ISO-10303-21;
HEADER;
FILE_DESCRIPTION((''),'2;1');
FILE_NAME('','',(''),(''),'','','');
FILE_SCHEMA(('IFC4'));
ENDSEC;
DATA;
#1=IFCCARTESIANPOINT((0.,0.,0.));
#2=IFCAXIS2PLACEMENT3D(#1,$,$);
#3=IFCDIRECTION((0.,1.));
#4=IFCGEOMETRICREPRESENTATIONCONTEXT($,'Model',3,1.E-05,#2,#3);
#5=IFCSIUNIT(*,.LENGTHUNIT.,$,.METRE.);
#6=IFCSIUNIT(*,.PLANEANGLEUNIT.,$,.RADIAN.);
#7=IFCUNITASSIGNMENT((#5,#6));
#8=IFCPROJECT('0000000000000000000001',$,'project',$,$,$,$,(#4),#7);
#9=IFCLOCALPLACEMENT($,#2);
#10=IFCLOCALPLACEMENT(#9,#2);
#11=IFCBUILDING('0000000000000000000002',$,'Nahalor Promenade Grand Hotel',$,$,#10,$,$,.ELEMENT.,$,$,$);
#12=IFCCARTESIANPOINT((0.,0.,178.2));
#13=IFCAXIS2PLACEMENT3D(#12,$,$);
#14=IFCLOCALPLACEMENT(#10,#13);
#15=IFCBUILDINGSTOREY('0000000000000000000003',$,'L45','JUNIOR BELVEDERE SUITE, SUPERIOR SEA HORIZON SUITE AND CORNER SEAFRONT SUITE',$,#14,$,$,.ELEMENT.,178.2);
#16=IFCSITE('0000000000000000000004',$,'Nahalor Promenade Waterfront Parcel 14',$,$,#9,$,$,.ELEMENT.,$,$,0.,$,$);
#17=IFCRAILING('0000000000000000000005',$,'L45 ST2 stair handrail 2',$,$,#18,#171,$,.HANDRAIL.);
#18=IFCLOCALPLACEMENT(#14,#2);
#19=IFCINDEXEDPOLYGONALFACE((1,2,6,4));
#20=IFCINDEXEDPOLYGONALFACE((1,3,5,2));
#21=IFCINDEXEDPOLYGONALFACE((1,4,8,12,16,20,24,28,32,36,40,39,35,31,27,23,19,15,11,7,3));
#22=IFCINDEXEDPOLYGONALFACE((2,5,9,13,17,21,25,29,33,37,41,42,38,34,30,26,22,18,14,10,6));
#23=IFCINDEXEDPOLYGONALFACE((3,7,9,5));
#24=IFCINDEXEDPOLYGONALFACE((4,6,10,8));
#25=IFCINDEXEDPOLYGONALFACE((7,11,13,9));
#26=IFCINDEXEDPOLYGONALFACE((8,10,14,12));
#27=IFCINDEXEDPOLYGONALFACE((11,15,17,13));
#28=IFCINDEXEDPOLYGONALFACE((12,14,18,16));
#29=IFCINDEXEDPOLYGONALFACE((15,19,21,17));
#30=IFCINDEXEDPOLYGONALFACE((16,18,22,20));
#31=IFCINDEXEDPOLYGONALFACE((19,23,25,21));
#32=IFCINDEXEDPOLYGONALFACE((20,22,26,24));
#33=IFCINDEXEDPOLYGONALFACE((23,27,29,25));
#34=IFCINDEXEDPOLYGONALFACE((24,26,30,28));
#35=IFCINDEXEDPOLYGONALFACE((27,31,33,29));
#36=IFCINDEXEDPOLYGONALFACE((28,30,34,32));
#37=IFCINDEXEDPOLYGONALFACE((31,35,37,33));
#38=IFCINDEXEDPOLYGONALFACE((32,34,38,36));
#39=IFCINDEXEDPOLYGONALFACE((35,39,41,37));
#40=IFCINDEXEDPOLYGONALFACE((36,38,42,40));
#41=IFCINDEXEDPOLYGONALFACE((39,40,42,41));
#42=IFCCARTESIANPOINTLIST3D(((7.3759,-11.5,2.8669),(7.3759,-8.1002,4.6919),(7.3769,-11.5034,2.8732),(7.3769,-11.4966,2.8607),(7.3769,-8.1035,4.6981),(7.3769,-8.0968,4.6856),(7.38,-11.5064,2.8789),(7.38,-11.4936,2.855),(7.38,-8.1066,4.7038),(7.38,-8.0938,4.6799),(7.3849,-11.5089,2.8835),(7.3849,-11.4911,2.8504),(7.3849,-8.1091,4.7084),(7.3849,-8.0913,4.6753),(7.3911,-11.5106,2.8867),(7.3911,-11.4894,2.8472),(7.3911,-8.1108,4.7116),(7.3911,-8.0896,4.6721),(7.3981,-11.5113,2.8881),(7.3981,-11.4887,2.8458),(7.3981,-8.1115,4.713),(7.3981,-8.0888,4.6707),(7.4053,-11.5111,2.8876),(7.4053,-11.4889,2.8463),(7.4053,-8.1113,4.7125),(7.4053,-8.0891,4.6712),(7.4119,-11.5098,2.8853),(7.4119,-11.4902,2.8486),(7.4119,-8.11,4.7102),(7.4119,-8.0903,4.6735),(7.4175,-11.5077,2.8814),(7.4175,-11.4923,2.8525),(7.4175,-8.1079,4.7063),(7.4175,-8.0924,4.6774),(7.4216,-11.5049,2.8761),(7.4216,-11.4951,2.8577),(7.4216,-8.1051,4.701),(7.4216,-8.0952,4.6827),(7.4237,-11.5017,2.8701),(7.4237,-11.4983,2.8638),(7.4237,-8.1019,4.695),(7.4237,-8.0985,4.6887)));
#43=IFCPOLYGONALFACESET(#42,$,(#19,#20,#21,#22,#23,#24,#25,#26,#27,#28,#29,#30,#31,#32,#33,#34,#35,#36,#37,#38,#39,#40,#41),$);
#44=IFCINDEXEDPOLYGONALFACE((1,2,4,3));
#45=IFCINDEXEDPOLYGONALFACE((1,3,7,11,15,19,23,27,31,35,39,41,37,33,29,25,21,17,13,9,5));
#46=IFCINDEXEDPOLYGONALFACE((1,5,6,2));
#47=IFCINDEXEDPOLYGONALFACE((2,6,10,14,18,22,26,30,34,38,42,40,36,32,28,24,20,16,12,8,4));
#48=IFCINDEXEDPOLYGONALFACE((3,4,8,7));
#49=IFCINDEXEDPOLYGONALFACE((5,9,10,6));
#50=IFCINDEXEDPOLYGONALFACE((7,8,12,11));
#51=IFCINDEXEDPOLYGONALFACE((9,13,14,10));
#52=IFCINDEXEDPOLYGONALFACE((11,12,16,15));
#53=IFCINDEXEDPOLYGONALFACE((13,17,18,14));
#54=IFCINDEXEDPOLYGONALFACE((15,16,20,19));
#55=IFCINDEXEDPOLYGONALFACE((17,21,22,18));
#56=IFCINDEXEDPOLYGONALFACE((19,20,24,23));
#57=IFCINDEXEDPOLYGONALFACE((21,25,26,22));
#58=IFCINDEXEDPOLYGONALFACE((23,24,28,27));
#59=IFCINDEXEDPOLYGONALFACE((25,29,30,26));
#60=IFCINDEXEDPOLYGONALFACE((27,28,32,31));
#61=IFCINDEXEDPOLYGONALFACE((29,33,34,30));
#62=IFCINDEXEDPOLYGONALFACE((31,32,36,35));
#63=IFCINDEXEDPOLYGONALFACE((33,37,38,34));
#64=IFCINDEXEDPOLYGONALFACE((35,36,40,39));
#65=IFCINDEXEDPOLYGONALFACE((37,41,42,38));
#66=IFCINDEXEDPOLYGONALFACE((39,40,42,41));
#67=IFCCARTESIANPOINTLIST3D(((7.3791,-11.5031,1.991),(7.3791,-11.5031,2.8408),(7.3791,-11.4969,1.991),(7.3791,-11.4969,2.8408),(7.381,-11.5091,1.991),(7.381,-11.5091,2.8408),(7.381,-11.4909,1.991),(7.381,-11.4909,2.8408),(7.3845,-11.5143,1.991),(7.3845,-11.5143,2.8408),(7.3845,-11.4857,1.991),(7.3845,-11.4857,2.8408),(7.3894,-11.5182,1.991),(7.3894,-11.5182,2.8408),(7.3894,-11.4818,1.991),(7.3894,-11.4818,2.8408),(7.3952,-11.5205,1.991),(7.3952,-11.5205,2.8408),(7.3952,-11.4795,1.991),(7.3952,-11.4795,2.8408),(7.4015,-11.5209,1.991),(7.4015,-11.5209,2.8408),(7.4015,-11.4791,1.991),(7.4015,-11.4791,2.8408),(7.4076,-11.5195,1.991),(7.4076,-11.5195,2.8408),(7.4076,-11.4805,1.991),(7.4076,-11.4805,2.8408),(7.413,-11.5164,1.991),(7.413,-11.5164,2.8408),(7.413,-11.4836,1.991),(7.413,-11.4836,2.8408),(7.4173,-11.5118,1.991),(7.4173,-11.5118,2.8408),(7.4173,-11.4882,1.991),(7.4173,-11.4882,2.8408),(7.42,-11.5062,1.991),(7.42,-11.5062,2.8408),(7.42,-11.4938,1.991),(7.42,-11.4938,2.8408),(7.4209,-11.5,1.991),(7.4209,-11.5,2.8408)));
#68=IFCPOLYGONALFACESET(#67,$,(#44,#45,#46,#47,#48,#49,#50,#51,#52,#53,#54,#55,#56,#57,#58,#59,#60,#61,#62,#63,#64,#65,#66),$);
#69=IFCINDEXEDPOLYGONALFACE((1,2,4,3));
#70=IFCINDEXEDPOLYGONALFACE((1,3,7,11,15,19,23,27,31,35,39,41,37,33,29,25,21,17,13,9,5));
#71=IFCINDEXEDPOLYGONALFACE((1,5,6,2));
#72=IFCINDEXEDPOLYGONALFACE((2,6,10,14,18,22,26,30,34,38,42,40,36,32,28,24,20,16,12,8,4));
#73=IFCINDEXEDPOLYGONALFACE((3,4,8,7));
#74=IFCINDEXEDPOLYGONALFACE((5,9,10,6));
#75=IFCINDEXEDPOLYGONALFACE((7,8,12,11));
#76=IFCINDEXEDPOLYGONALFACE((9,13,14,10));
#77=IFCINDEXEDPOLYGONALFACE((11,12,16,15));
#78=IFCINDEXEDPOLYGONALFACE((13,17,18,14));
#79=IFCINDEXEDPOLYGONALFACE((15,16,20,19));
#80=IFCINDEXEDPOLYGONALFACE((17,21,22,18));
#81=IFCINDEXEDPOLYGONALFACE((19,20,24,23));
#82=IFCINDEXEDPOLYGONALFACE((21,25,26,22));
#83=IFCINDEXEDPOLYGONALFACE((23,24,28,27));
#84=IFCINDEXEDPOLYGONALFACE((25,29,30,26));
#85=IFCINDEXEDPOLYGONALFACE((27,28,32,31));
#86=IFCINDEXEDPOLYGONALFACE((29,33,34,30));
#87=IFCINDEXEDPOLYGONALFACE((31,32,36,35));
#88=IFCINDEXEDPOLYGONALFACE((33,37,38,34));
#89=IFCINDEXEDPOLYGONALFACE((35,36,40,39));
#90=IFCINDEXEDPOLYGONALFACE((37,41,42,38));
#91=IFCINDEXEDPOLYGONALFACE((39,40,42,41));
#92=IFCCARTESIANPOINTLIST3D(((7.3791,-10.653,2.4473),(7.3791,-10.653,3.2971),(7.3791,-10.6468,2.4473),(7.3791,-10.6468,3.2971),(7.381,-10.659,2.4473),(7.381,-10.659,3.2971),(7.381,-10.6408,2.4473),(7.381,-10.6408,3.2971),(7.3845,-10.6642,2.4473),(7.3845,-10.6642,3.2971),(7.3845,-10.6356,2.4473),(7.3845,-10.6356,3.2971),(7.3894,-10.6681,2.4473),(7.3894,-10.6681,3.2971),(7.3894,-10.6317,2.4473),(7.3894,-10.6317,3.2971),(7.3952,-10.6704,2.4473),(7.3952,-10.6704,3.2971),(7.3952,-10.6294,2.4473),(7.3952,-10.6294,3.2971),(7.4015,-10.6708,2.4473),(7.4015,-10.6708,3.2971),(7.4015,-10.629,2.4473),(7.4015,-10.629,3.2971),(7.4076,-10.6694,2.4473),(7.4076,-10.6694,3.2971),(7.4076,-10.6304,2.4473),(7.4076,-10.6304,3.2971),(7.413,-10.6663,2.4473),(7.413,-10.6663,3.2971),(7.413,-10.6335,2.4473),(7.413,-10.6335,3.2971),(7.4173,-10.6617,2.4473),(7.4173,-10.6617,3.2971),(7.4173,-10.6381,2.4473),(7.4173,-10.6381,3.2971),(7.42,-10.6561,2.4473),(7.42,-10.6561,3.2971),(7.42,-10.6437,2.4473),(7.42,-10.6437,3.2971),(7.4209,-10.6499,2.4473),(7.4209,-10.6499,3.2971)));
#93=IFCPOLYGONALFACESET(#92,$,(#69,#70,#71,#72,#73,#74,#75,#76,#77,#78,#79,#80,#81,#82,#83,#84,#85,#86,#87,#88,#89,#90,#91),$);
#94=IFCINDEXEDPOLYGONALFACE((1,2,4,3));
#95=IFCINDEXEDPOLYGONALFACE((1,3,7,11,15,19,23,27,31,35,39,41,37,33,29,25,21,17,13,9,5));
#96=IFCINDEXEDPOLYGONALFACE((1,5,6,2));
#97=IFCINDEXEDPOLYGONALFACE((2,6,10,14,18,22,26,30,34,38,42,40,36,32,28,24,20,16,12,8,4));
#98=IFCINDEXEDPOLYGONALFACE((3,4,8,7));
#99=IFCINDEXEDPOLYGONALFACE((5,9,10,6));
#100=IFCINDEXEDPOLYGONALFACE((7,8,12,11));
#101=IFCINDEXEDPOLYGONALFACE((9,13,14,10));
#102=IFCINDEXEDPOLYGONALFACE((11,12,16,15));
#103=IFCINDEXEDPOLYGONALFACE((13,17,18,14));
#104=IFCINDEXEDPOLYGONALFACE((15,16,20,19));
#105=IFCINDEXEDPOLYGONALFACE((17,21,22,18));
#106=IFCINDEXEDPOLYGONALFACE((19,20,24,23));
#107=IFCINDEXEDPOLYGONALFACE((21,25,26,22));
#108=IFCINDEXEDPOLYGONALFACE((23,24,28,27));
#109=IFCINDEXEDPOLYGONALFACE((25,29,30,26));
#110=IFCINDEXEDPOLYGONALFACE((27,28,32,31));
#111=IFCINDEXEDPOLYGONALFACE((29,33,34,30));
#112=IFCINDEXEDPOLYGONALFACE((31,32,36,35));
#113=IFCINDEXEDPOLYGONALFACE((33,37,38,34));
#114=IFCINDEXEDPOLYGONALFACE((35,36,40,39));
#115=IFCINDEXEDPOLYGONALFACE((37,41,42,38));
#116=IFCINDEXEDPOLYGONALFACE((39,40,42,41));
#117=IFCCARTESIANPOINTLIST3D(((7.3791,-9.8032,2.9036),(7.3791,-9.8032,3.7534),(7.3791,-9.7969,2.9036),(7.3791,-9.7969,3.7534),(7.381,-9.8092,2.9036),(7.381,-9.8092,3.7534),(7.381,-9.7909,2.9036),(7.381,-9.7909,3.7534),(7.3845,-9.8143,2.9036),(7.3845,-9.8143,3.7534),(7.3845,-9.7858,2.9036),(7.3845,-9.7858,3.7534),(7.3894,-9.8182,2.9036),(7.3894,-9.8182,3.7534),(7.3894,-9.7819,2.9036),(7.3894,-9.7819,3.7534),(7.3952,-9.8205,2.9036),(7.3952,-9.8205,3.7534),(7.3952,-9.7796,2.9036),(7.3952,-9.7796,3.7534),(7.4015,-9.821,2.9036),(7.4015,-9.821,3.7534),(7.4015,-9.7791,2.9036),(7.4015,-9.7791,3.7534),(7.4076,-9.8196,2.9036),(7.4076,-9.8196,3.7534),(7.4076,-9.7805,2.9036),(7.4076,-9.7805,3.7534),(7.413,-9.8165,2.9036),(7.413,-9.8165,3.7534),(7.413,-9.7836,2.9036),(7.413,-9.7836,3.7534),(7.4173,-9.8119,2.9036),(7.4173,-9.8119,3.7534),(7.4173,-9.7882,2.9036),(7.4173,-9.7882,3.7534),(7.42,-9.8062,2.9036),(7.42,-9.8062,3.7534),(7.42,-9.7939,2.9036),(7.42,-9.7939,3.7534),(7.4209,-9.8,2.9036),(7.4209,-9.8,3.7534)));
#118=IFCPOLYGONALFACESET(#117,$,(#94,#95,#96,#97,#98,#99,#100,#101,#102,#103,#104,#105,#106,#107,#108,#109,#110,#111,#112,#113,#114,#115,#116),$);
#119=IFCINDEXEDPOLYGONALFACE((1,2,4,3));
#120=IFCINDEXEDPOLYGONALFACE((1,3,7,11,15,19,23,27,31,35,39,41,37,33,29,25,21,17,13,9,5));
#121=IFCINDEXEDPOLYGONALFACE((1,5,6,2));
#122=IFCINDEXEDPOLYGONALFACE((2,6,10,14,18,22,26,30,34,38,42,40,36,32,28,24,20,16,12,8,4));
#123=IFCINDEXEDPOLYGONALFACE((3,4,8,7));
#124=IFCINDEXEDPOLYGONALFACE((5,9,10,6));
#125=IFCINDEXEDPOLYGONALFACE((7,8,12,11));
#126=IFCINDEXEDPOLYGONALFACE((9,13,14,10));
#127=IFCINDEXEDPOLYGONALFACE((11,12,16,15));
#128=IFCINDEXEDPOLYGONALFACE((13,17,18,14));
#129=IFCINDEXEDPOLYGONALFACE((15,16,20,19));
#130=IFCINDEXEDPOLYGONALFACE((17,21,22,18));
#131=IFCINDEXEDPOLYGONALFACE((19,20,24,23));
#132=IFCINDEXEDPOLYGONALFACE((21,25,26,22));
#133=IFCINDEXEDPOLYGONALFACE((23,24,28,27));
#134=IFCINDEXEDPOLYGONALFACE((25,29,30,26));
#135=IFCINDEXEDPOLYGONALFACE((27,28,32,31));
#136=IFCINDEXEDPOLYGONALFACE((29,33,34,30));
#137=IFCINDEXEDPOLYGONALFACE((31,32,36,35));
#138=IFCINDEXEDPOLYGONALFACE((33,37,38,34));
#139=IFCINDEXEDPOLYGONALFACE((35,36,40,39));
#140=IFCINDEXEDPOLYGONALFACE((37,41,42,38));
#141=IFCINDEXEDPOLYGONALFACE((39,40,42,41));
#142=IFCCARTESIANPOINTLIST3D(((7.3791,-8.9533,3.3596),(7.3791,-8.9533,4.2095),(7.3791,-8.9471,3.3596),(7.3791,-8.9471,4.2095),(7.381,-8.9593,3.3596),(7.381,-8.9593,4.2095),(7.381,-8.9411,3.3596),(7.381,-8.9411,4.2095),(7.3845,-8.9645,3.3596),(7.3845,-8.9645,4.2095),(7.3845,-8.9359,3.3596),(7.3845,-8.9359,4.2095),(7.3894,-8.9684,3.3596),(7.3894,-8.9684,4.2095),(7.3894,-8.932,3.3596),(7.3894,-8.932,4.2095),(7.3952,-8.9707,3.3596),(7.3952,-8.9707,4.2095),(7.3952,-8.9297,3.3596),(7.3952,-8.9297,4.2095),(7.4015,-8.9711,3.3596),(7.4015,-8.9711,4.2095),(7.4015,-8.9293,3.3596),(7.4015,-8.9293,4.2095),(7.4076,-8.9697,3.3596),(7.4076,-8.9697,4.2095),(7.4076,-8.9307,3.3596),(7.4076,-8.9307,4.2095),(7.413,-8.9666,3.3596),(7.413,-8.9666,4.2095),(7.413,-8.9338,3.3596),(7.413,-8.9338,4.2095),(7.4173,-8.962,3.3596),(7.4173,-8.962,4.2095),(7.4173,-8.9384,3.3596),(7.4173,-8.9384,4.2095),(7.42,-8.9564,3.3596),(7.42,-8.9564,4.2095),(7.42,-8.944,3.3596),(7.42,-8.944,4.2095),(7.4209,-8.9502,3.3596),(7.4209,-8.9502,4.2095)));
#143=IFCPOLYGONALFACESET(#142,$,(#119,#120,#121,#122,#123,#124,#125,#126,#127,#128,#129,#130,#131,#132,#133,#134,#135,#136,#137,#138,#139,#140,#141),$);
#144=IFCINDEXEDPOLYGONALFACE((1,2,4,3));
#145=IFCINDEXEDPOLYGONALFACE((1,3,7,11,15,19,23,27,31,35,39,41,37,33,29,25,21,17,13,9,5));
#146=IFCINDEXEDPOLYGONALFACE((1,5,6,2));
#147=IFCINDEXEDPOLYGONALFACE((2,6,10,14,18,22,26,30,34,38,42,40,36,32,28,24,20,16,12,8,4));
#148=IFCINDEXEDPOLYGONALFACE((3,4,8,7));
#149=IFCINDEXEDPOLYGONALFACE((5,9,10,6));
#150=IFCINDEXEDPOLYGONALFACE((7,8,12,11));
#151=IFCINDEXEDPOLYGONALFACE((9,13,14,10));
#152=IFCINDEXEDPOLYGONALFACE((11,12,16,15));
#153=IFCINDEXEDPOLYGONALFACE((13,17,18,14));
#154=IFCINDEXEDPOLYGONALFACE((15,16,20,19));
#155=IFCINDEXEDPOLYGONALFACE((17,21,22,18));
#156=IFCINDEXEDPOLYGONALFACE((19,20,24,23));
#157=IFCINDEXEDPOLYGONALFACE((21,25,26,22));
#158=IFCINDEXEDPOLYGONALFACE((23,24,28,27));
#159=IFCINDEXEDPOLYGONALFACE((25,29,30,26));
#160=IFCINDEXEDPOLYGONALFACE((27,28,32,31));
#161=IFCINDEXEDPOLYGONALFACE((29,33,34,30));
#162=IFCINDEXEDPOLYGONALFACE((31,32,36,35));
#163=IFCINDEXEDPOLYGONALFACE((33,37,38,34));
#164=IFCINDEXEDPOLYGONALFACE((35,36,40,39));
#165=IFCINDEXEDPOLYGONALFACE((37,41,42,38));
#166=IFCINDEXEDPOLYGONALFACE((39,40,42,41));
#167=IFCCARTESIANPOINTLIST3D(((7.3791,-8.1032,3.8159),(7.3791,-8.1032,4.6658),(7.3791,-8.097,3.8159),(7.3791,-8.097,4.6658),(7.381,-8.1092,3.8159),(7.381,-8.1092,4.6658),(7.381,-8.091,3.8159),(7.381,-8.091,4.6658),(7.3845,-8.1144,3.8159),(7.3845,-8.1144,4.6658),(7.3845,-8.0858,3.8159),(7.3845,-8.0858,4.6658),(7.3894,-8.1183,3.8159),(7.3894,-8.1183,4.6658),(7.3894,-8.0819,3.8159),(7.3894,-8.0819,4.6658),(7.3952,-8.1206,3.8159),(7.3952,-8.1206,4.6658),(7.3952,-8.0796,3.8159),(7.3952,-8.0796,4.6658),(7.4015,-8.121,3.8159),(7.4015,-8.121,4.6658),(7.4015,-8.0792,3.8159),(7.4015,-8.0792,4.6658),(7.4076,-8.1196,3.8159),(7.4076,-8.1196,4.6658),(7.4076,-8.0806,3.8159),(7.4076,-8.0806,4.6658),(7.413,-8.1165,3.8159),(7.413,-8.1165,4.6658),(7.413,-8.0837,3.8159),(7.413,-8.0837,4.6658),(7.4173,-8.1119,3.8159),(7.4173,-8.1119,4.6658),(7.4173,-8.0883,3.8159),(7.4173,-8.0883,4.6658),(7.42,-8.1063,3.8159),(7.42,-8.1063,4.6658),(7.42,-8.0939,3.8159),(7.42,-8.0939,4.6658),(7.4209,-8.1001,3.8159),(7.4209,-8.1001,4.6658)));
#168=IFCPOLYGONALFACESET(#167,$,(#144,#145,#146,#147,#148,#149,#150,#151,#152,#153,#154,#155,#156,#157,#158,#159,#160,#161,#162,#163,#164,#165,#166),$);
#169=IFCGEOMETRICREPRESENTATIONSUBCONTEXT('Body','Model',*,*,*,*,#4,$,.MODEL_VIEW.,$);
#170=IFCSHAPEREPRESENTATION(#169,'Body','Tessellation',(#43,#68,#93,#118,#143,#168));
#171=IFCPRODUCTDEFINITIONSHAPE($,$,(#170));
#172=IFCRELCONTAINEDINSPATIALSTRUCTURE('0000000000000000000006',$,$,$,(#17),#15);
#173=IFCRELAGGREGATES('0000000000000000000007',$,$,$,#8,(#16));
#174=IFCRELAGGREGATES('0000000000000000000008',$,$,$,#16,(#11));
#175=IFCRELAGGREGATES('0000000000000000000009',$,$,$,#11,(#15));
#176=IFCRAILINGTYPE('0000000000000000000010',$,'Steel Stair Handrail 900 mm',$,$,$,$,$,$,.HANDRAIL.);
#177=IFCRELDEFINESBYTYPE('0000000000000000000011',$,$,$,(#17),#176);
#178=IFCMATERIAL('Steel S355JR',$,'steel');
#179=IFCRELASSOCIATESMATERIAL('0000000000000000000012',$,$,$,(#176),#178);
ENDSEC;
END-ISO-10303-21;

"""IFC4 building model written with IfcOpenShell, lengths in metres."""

from ifc_helpers import new_model, si_unit, direction, frame, origin, origin_2d, place, context, subcontext, project, spatial, circle, extrude, material, type_object, element, save


model = new_model("IFC4")

# Units and contexts
model_context = context("Model", 3, precision=1e-05, world=origin(), true_north=direction((0.0, 1.0)))
body_context = subcontext(model_context, "Body", "Model", "MODEL_VIEW")
ifc_project = project(units=[si_unit("LENGTHUNIT", "METRE"), si_unit("PLANEANGLEUNIT", "RADIAN")], contexts=[model_context])

# Site, building, storey
site_placement = place(None, origin())
site = spatial("IfcSite", under=ifc_project, at=site_placement, Name="Nahalor Promenade Waterfront Parcel 14", CompositionType="ELEMENT", RefElevation=0.0)
building_placement = place(site_placement, origin())
building = spatial("IfcBuilding", under=site, at=building_placement, Name="Nahalor Promenade Grand Hotel", CompositionType="ELEMENT")
storey_placement = place(building_placement, frame((0.0, 0.0, 178.2)))
storey = spatial("IfcBuildingStorey", under=building, at=storey_placement, Name="L45", Description="JUNIOR BELVEDERE SUITE, SUPERIOR SEA HORIZON SUITE AND CORNER SEAFRONT SUITE", CompositionType="ELEMENT", Elevation=178.2)

# Shared definitions
ifc_material_1 = material(Name="Steel S355JR", Category="steel")

# Railing
railing_type_1 = type_object("IfcRailingType", Name="Steel Stair Handrail 900 mm", PredefinedType="HANDRAIL", material=ifc_material_1)
railing_1_placement = place(storey_placement, frame((7.3999, -11.5, 1.991)))
element("IfcRailing", 1, at=railing_1_placement, inside=storey, type_object=railing_type_1, Name="L45 ST2 stair handrail 2", PredefinedType="HANDRAIL", context=body_context, shape_type="SweptSolid", body=[
    extrude(circle(Radius=0.024, at=origin_2d()), frame((0.0, 0.0, 0.876), z_axis=(0.0, 0.881094, 0.472941), x_axis=(-1.0, 0.0, 0.0)), (0.0, 0.0, 1.0), 3.8586),
    extrude(circle(Radius=0.021, at=origin_2d()), origin(), (0.0, 0.0, 1.0), 0.8499),
    extrude(circle(Radius=0.021, at=origin_2d()), frame((0.0, 0.8501, 0.4563)), (0.0, 0.0, 1.0), 0.8499),
    extrude(circle(Radius=0.021, at=origin_2d()), frame((0.0, 1.7, 0.9126)), (0.0, 0.0, 1.0), 0.8499),
    extrude(circle(Radius=0.021, at=origin_2d()), frame((0.0, 2.5498, 1.3687)), (0.0, 0.0, 1.0), 0.8499),
    extrude(circle(Radius=0.021, at=origin_2d()), frame((0.0, 3.3999, 1.825)), (0.0, 0.0, 1.0), 0.8499),
])

save(model, "model.ifc")
